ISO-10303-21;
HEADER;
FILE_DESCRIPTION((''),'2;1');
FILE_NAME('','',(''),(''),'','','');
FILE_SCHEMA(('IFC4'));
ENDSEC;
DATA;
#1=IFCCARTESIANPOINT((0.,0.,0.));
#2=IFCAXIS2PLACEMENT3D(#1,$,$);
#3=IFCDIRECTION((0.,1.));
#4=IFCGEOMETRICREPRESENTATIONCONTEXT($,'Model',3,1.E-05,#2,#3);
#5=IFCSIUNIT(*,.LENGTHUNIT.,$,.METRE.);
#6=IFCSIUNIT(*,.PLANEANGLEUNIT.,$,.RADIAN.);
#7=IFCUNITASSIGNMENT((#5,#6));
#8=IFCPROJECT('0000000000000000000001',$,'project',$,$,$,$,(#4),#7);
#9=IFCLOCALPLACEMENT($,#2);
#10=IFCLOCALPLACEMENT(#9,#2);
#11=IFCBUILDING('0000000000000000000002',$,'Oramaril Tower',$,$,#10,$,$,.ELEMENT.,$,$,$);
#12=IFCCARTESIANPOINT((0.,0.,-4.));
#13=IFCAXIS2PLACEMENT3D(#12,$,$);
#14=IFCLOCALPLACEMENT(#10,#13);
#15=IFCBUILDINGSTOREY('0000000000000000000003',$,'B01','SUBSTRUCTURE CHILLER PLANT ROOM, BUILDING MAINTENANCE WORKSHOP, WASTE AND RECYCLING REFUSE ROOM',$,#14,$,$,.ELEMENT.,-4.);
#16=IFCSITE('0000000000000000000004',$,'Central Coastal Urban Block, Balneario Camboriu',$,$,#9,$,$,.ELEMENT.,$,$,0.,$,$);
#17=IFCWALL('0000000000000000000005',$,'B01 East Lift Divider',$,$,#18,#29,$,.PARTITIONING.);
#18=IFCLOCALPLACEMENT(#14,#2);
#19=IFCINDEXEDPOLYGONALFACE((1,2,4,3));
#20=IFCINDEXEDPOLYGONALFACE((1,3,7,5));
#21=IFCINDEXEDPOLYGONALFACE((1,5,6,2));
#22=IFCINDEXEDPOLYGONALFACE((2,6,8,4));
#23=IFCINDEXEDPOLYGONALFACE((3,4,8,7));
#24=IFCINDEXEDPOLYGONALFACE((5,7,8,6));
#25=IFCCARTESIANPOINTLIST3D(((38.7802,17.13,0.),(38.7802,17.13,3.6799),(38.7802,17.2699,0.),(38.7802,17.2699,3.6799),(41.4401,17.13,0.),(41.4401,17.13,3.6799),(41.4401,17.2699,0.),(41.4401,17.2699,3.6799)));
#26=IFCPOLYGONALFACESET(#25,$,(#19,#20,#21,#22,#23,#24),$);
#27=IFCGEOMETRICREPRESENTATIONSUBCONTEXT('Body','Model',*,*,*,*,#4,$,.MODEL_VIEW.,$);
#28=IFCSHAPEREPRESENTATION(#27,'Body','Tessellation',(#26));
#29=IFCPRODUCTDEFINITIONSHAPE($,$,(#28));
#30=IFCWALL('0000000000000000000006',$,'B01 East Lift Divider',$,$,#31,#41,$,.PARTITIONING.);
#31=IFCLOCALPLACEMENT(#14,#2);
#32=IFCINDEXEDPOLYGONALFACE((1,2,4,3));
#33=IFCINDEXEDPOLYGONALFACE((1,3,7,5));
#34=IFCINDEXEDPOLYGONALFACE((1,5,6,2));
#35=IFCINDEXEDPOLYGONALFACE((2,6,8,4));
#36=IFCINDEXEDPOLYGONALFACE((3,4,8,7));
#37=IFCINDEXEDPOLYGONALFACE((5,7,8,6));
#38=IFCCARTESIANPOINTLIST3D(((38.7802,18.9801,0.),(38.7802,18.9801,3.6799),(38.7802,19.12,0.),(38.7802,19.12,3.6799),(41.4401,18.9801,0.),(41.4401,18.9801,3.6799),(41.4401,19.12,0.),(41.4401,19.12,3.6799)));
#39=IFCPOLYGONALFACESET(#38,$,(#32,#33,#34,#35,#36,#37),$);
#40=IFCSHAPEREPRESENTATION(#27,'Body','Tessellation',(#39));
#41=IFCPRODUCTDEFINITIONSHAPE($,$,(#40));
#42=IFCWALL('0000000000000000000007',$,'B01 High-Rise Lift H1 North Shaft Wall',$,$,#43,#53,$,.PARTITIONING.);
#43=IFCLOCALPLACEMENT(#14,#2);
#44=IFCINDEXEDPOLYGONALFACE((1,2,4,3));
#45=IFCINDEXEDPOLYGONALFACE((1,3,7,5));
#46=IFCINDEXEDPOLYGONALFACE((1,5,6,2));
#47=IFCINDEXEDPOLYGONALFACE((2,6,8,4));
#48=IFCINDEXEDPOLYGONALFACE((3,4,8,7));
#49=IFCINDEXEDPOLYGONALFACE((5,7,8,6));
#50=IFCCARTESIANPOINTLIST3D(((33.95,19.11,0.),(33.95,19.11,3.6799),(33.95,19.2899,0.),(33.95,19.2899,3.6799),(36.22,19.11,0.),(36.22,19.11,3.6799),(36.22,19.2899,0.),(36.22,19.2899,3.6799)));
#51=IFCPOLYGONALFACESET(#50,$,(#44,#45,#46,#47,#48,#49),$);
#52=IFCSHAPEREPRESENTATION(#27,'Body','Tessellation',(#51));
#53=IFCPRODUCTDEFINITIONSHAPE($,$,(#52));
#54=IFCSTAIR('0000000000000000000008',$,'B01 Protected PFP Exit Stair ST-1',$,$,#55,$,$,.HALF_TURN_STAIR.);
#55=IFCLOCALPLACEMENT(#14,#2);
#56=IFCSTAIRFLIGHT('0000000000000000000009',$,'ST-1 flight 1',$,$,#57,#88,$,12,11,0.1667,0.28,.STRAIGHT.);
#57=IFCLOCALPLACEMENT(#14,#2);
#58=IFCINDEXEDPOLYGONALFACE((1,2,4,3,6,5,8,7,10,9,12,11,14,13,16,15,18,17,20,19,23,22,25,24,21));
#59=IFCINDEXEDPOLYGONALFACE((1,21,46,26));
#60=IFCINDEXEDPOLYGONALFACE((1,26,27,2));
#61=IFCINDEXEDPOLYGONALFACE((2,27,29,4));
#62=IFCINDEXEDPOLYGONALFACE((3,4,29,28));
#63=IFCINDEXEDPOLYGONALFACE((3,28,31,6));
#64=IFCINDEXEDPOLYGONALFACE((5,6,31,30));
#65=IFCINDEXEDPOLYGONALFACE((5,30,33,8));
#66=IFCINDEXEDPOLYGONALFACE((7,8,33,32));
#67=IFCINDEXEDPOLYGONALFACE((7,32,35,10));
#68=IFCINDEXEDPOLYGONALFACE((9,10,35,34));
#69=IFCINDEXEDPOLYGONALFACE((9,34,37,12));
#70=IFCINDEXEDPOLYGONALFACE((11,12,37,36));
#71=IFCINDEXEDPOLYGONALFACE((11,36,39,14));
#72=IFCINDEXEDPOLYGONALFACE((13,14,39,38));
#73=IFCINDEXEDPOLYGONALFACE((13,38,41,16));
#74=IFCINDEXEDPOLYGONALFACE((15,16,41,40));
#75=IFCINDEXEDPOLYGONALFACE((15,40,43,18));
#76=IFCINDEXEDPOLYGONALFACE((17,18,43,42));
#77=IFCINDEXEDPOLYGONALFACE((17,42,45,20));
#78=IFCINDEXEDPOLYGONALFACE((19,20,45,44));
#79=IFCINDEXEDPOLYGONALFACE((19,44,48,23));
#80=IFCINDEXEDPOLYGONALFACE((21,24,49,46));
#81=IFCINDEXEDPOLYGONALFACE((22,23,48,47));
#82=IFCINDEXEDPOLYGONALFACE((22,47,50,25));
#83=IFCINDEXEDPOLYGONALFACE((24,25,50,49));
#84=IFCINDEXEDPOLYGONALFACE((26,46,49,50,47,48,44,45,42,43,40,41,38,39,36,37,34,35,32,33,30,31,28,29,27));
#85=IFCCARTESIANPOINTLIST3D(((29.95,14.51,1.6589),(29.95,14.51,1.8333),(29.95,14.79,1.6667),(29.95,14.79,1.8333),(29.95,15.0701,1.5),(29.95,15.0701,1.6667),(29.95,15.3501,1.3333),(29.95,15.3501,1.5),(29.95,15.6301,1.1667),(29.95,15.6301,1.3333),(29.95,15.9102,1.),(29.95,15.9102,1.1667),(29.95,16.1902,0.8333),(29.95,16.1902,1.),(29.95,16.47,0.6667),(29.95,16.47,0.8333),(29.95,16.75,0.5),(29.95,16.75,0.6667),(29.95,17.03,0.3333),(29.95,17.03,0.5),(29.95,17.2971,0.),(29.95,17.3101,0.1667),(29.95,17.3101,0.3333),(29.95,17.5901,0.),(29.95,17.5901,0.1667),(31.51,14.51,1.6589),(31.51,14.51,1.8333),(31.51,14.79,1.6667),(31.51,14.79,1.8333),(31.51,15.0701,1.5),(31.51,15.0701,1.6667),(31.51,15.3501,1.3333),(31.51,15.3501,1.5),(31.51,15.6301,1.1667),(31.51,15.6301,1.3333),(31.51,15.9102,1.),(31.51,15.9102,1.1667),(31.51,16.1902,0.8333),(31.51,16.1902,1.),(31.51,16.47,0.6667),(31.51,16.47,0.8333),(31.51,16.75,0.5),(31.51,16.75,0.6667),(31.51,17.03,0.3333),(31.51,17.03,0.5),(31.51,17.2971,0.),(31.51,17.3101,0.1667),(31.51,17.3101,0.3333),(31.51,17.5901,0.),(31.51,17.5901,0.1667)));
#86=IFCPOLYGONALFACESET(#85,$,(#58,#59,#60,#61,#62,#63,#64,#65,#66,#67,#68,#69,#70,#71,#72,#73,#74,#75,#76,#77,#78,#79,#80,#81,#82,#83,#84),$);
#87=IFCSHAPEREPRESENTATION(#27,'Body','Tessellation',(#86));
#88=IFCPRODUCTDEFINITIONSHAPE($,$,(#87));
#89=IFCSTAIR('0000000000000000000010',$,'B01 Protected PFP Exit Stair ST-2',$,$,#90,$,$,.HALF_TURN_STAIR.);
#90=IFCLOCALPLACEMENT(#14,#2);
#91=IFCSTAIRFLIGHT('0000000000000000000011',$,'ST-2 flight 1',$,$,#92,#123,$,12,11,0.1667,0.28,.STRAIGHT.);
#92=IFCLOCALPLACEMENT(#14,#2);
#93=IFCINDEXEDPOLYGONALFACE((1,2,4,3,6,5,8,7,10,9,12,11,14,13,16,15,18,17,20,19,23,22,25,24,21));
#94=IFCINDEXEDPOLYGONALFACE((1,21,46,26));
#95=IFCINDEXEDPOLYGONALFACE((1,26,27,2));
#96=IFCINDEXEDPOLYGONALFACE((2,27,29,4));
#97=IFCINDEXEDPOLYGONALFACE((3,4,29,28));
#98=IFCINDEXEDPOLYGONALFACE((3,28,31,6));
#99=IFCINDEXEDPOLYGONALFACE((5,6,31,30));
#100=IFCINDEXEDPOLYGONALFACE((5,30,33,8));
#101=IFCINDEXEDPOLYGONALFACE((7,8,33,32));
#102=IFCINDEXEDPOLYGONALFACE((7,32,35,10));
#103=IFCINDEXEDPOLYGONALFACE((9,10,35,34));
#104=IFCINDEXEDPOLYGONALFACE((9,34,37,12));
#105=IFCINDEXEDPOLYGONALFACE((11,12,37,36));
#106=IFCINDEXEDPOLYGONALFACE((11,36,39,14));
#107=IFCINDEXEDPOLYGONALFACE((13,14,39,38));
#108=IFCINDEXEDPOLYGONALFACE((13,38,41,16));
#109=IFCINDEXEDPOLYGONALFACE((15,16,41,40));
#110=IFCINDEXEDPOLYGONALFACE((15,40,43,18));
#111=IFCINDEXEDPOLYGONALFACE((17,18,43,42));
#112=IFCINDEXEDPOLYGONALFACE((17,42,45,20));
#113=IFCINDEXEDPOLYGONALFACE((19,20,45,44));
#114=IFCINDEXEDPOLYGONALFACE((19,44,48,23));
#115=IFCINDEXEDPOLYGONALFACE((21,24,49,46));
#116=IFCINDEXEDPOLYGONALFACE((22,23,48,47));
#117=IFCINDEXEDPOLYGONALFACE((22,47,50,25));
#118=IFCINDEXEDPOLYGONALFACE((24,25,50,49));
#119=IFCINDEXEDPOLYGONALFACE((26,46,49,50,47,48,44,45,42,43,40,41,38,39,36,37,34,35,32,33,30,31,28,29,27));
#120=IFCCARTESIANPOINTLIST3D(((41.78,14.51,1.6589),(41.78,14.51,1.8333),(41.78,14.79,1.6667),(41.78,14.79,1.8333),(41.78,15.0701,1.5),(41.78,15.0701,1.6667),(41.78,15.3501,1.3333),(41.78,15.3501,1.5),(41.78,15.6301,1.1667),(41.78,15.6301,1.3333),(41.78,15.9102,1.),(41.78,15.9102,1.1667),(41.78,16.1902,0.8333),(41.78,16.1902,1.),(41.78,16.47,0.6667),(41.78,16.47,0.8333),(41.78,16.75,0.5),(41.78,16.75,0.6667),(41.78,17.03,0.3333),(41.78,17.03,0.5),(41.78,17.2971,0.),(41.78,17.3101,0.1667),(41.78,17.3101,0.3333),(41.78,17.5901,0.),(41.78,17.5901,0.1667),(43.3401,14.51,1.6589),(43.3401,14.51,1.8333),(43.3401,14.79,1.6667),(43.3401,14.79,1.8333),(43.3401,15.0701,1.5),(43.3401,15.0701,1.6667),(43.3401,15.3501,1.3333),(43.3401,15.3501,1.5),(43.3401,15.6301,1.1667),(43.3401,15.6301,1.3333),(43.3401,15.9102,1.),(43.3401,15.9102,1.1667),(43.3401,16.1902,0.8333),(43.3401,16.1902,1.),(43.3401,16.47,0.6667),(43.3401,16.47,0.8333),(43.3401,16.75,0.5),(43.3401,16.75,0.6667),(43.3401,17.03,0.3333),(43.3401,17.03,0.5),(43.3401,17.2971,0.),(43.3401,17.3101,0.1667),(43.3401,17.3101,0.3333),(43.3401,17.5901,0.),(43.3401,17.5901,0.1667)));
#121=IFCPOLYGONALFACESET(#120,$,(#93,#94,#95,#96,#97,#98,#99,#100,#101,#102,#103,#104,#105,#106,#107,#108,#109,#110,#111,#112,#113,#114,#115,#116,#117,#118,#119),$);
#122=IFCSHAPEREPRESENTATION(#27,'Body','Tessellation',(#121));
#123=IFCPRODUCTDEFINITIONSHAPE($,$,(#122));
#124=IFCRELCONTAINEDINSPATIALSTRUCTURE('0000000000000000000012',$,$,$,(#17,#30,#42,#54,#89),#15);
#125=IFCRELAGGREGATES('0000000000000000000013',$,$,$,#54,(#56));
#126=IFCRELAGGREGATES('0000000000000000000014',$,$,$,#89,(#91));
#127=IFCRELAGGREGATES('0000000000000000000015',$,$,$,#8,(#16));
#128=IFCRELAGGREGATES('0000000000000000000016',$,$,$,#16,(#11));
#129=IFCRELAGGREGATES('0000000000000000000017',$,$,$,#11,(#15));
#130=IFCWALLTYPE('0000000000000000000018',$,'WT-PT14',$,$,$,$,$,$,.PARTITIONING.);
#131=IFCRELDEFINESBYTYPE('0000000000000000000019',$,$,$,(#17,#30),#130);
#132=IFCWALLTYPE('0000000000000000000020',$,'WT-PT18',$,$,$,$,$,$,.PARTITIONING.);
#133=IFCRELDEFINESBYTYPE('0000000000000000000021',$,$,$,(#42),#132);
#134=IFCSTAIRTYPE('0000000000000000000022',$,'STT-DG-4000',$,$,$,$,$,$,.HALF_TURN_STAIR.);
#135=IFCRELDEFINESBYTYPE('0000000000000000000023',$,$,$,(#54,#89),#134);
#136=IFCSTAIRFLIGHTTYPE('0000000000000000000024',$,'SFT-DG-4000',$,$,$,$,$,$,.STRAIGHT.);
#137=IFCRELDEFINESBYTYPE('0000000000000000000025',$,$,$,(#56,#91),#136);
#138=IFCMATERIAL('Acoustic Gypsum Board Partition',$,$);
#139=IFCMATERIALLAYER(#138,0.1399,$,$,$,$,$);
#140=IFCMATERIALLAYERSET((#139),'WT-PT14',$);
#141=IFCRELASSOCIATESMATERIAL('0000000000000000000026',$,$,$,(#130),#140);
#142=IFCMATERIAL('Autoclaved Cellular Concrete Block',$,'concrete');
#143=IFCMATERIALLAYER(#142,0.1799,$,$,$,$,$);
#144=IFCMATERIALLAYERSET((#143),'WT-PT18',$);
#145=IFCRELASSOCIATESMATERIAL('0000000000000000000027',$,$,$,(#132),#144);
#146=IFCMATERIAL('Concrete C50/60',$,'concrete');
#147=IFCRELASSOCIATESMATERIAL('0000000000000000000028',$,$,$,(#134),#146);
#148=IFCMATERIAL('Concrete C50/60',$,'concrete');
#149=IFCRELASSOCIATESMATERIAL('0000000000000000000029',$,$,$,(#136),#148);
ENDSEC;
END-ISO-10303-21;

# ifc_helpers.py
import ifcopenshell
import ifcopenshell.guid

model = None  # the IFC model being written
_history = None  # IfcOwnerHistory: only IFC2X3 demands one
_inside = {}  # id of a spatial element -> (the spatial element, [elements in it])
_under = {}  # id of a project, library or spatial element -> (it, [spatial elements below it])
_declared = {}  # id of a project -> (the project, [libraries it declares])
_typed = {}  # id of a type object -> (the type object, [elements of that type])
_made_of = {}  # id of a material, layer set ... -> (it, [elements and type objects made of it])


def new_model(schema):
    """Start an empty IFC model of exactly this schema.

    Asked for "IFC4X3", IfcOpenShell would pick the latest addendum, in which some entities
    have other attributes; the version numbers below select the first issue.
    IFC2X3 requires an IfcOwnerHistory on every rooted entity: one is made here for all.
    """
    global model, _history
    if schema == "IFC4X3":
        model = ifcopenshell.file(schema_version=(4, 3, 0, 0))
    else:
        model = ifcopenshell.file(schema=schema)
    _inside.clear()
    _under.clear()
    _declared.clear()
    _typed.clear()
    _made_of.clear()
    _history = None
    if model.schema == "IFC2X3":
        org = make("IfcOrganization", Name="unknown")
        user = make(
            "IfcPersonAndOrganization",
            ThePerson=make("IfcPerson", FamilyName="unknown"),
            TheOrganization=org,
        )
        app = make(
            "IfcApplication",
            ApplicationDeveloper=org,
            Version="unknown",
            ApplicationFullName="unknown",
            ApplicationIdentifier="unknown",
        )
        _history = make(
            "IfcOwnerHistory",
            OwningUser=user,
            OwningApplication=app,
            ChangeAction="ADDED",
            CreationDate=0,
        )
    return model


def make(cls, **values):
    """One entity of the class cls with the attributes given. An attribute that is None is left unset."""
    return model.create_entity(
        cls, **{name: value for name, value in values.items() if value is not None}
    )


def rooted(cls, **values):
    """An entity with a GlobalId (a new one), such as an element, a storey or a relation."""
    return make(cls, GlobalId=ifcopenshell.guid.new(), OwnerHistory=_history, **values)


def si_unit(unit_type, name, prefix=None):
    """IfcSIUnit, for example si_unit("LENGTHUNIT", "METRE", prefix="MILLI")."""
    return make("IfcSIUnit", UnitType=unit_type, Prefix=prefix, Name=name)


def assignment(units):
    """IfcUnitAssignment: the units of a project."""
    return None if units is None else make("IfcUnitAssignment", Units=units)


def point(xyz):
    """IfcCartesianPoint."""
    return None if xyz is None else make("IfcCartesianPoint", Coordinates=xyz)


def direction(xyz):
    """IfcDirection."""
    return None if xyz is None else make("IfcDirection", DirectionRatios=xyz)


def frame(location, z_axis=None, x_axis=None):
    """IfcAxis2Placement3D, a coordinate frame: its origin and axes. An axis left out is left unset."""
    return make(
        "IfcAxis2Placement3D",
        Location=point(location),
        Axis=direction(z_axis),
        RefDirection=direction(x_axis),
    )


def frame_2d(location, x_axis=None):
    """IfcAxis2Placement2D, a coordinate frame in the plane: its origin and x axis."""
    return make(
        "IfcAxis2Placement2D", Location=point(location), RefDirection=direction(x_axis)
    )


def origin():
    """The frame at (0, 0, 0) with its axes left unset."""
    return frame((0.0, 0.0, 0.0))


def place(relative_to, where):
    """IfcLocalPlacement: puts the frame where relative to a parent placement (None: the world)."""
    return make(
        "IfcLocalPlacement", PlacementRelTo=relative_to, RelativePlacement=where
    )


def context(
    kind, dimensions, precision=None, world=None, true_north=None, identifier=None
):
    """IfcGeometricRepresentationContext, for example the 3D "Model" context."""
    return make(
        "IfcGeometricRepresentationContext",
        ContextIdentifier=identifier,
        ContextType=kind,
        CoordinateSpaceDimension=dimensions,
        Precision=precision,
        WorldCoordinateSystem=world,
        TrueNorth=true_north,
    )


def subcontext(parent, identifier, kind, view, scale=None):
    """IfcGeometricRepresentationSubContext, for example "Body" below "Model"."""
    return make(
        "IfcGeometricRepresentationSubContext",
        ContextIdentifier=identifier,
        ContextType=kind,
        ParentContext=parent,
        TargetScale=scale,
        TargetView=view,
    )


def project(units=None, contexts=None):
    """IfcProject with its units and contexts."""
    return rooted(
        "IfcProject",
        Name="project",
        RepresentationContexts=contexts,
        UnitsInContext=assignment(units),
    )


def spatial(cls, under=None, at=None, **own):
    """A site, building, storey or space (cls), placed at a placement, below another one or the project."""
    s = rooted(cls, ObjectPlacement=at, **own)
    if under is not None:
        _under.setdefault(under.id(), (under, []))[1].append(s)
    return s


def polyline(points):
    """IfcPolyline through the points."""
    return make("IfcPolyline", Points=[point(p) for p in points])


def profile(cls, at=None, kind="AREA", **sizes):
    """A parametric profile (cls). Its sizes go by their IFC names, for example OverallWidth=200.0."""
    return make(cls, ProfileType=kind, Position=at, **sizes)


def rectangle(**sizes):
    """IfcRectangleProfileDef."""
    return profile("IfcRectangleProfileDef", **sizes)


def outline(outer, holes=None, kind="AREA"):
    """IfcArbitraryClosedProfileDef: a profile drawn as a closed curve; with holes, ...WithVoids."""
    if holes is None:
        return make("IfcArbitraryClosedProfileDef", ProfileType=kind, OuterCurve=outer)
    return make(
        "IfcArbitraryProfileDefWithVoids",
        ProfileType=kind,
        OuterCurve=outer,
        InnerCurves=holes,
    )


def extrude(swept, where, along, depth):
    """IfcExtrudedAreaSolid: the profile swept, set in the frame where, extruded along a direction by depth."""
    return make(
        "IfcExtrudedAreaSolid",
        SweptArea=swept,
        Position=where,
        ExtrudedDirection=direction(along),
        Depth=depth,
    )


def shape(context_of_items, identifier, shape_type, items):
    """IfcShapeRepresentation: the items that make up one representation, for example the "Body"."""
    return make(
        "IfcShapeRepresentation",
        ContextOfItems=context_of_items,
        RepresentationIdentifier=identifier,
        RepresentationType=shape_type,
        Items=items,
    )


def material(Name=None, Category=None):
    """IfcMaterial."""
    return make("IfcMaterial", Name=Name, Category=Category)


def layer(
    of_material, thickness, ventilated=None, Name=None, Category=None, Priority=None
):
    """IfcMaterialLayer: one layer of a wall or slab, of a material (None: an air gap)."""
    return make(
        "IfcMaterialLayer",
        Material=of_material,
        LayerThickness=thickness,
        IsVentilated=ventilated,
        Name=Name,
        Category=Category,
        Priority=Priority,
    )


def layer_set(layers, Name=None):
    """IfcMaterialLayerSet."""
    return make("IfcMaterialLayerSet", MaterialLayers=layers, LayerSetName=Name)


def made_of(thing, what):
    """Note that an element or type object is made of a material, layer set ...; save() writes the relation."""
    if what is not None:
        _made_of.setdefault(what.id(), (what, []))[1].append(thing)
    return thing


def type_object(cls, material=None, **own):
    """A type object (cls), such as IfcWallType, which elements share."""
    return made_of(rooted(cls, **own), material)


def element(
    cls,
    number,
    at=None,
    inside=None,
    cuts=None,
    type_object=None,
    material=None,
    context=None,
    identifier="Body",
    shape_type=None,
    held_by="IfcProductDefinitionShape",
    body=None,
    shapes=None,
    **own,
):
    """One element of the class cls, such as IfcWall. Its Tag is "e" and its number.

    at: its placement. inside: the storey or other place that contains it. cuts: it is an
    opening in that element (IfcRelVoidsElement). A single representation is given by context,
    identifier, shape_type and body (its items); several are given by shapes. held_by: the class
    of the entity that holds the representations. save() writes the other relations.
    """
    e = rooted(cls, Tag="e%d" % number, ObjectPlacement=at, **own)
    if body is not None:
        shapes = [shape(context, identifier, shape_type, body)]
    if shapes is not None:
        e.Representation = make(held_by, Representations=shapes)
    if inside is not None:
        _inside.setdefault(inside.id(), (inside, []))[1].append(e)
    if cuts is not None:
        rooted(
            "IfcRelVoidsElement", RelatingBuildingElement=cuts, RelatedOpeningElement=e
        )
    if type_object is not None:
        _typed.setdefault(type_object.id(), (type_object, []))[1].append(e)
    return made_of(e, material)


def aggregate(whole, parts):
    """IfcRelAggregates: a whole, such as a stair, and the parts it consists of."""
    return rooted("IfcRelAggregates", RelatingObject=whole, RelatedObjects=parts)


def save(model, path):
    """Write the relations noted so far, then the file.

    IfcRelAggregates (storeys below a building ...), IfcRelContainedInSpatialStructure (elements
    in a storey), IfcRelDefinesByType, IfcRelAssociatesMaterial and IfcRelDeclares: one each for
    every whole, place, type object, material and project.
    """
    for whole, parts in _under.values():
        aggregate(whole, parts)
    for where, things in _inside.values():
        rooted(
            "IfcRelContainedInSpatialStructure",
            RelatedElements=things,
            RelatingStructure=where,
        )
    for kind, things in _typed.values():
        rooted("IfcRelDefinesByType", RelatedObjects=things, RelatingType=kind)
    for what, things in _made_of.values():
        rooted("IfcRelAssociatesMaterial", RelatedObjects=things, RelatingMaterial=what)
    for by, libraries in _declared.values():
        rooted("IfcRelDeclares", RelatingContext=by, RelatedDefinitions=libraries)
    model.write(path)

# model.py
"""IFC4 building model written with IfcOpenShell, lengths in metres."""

from ifc_helpers import new_model, si_unit, direction, frame, frame_2d, origin, place, context, subcontext, project, spatial, polyline, rectangle, outline, extrude, material, layer, layer_set, type_object, element, aggregate, save


model = new_model("IFC4")

# Units and contexts
model_context = context("Model", 3, precision=1e-05, world=origin(), true_north=direction((0.0, 1.0)))
body_context = subcontext(model_context, "Body", "Model", "MODEL_VIEW")
ifc_project = project(units=[si_unit("LENGTHUNIT", "METRE"), si_unit("PLANEANGLEUNIT", "RADIAN")], contexts=[model_context])

# Site, building, storey
site_placement = place(None, origin())
site = spatial("IfcSite", under=ifc_project, at=site_placement, Name="Central Coastal Urban Block, Balneario Camboriu", CompositionType="ELEMENT", RefElevation=0.0)
building_placement = place(site_placement, origin())
building = spatial("IfcBuilding", under=site, at=building_placement, Name="Oramaril Tower", CompositionType="ELEMENT")
storey_placement = place(building_placement, frame((0.0, 0.0, -4.0)))
storey = spatial("IfcBuildingStorey", under=building, at=storey_placement, Name="B01", Description="SUBSTRUCTURE CHILLER PLANT ROOM, BUILDING MAINTENANCE WORKSHOP, WASTE AND RECYCLING REFUSE ROOM", CompositionType="ELEMENT", Elevation=-4.0)

# Walls
ifc_material_1 = material(Name="Acoustic Gypsum Board Partition")
ifc_layer_1 = layer(ifc_material_1, 0.1399)
ifc_layer_set_1 = layer_set([ifc_layer_1], Name="WT-PT14")
wall_type_1 = type_object("IfcWallType", Name="WT-PT14", PredefinedType="PARTITIONING", material=ifc_layer_set_1)
for number, where, z_axis, x_axis, name in (
    (1, (38.78, 17.2, 0.0), (0.0, 0.0, 1.0), (1.0, 0.0, 0.0), "B01 East Lift Divider"),
    (2, (38.78, 19.05, 0.0), (0.0, 0.0, 1.0), (1.0, 0.0, 0.0), "B01 East Lift Divider"),
):
    element("IfcWall", number, at=place(storey_placement, frame(where, z_axis=z_axis, x_axis=x_axis)), inside=storey, type_object=wall_type_1, Name=name, PredefinedType="PARTITIONING", context=body_context, shape_type="SweptSolid", body=[
        extrude(rectangle(XDim=2.6599, YDim=0.1399, at=frame_2d((1.3301, 0.0))), origin(), (0.0, 0.0, 1.0), 3.6799),
    ])
ifc_material_2 = material(Name="Autoclaved Cellular Concrete Block", Category="concrete")
ifc_layer_2 = layer(ifc_material_2, 0.1799)
ifc_layer_set_2 = layer_set([ifc_layer_2], Name="WT-PT18")
wall_type_2 = type_object("IfcWallType", Name="WT-PT18", PredefinedType="PARTITIONING", material=ifc_layer_set_2)
wall_1_placement = place(storey_placement, frame((33.95, 19.2, 0.0), z_axis=(0.0, 0.0, 1.0), x_axis=(1.0, 0.0, 0.0)))
element("IfcWall", 3, at=wall_1_placement, inside=storey, type_object=wall_type_2, Name="B01 High-Rise Lift H1 North Shaft Wall", PredefinedType="PARTITIONING", context=body_context, shape_type="SweptSolid", body=[
    extrude(rectangle(XDim=2.27, YDim=0.1799, at=frame_2d((1.135, 0.0))), origin(), (0.0, 0.0, 1.0), 3.6799),
])

# Stairs, stair flights
ifc_material_3 = material(Name="Concrete C50/60", Category="concrete")
stair_type = type_object("IfcStairType", Name="STT-DG-4000", PredefinedType="HALF_TURN_STAIR", material=ifc_material_3)
stair_1_placement = place(storey_placement, origin())
stair_1 = element("IfcStair", 4, at=stair_1_placement, inside=storey, type_object=stair_type, Name="B01 Protected PFP Exit Stair ST-1", PredefinedType="HALF_TURN_STAIR")
ifc_material_4 = material(Name="Concrete C50/60", Category="concrete")
stair_flight_type = type_object("IfcStairFlightType", Name="SFT-DG-4000", PredefinedType="STRAIGHT", material=ifc_material_4)
stair_flight_1_placement = place(storey_placement, frame((30.73, 17.5901, 0.0), z_axis=(0.0, 0.0, 1.0), x_axis=(0.0, -1.0, 0.0)))
stair_flight_1 = element("IfcStairFlight", 5, at=stair_flight_1_placement, type_object=stair_flight_type, Name="ST-1 flight 1", NumberOfRisers=12, NumberOfTreads=11, PredefinedType="STRAIGHT", RiserHeight=0.1667, TreadLength=0.28, context=body_context, shape_type="SweptSolid", body=[
    extrude(outline(polyline([(0.0, 0.0), (0.0, 0.1667), (0.28, 0.1667), (0.28, 0.3333), (0.5601, 0.3333), (0.5601, 0.5), (0.8401, 0.5), (0.8401, 0.6667), (1.1201, 0.6667), (1.1201, 0.8333), (1.3999, 0.8333), (1.3999, 1.0), (1.6799, 1.0), (1.6799, 1.1667), (1.96, 1.1667), (1.96, 1.3333), (2.24, 1.3333), (2.24, 1.5), (2.52, 1.5), (2.52, 1.6667), (2.8, 1.6667), (2.8, 1.8333), (3.0801, 1.8333), (3.0801, 2.0), (3.0801, 1.6589), (0.293, 0.0), (0.0, 0.0)])), frame((0.0, 0.78, 0.0), z_axis=(0.0, -1.0, 0.0), x_axis=(1.0, 0.0, 0.0)), (0.0, 0.0, 1.0), 1.5601),
])
aggregate(stair_1, [stair_flight_1])
stair_2_placement = place(storey_placement, origin())
stair_2 = element("IfcStair", 6, at=stair_2_placement, inside=storey, type_object=stair_type, Name="B01 Protected PFP Exit Stair ST-2", PredefinedType="HALF_TURN_STAIR")
stair_flight_2_placement = place(storey_placement, frame((42.5601, 17.5901, 0.0), z_axis=(0.0, 0.0, 1.0), x_axis=(0.0, -1.0, 0.0)))
stair_flight_2 = element("IfcStairFlight", 7, at=stair_flight_2_placement, type_object=stair_flight_type, Name="ST-2 flight 1", NumberOfRisers=12, NumberOfTreads=11, PredefinedType="STRAIGHT", RiserHeight=0.1667, TreadLength=0.28, context=body_context, shape_type="SweptSolid", body=[
    extrude(outline(polyline([(0.0, 0.0), (0.0, 0.1667), (0.28, 0.1667), (0.28, 0.3333), (0.5601, 0.3333), (0.5601, 0.5), (0.8401, 0.5), (0.8401, 0.6667), (1.1201, 0.6667), (1.1201, 0.8333), (1.3999, 0.8333), (1.3999, 1.0), (1.6799, 1.0), (1.6799, 1.1667), (1.96, 1.1667), (1.96, 1.3333), (2.24, 1.3333), (2.24, 1.5), (2.52, 1.5), (2.52, 1.6667), (2.8, 1.6667), (2.8, 1.8333), (3.0801, 1.8333), (3.0801, 2.0), (3.0801, 1.6589), (0.293, 0.0), (0.0, 0.0)])), frame((0.0, 0.78, 0.0), z_axis=(0.0, -1.0, 0.0), x_axis=(1.0, 0.0, 0.0)), (0.0, 0.0, 1.0), 1.5601),
])
aggregate(stair_2, [stair_flight_2])

save(model, "model.ifc")
